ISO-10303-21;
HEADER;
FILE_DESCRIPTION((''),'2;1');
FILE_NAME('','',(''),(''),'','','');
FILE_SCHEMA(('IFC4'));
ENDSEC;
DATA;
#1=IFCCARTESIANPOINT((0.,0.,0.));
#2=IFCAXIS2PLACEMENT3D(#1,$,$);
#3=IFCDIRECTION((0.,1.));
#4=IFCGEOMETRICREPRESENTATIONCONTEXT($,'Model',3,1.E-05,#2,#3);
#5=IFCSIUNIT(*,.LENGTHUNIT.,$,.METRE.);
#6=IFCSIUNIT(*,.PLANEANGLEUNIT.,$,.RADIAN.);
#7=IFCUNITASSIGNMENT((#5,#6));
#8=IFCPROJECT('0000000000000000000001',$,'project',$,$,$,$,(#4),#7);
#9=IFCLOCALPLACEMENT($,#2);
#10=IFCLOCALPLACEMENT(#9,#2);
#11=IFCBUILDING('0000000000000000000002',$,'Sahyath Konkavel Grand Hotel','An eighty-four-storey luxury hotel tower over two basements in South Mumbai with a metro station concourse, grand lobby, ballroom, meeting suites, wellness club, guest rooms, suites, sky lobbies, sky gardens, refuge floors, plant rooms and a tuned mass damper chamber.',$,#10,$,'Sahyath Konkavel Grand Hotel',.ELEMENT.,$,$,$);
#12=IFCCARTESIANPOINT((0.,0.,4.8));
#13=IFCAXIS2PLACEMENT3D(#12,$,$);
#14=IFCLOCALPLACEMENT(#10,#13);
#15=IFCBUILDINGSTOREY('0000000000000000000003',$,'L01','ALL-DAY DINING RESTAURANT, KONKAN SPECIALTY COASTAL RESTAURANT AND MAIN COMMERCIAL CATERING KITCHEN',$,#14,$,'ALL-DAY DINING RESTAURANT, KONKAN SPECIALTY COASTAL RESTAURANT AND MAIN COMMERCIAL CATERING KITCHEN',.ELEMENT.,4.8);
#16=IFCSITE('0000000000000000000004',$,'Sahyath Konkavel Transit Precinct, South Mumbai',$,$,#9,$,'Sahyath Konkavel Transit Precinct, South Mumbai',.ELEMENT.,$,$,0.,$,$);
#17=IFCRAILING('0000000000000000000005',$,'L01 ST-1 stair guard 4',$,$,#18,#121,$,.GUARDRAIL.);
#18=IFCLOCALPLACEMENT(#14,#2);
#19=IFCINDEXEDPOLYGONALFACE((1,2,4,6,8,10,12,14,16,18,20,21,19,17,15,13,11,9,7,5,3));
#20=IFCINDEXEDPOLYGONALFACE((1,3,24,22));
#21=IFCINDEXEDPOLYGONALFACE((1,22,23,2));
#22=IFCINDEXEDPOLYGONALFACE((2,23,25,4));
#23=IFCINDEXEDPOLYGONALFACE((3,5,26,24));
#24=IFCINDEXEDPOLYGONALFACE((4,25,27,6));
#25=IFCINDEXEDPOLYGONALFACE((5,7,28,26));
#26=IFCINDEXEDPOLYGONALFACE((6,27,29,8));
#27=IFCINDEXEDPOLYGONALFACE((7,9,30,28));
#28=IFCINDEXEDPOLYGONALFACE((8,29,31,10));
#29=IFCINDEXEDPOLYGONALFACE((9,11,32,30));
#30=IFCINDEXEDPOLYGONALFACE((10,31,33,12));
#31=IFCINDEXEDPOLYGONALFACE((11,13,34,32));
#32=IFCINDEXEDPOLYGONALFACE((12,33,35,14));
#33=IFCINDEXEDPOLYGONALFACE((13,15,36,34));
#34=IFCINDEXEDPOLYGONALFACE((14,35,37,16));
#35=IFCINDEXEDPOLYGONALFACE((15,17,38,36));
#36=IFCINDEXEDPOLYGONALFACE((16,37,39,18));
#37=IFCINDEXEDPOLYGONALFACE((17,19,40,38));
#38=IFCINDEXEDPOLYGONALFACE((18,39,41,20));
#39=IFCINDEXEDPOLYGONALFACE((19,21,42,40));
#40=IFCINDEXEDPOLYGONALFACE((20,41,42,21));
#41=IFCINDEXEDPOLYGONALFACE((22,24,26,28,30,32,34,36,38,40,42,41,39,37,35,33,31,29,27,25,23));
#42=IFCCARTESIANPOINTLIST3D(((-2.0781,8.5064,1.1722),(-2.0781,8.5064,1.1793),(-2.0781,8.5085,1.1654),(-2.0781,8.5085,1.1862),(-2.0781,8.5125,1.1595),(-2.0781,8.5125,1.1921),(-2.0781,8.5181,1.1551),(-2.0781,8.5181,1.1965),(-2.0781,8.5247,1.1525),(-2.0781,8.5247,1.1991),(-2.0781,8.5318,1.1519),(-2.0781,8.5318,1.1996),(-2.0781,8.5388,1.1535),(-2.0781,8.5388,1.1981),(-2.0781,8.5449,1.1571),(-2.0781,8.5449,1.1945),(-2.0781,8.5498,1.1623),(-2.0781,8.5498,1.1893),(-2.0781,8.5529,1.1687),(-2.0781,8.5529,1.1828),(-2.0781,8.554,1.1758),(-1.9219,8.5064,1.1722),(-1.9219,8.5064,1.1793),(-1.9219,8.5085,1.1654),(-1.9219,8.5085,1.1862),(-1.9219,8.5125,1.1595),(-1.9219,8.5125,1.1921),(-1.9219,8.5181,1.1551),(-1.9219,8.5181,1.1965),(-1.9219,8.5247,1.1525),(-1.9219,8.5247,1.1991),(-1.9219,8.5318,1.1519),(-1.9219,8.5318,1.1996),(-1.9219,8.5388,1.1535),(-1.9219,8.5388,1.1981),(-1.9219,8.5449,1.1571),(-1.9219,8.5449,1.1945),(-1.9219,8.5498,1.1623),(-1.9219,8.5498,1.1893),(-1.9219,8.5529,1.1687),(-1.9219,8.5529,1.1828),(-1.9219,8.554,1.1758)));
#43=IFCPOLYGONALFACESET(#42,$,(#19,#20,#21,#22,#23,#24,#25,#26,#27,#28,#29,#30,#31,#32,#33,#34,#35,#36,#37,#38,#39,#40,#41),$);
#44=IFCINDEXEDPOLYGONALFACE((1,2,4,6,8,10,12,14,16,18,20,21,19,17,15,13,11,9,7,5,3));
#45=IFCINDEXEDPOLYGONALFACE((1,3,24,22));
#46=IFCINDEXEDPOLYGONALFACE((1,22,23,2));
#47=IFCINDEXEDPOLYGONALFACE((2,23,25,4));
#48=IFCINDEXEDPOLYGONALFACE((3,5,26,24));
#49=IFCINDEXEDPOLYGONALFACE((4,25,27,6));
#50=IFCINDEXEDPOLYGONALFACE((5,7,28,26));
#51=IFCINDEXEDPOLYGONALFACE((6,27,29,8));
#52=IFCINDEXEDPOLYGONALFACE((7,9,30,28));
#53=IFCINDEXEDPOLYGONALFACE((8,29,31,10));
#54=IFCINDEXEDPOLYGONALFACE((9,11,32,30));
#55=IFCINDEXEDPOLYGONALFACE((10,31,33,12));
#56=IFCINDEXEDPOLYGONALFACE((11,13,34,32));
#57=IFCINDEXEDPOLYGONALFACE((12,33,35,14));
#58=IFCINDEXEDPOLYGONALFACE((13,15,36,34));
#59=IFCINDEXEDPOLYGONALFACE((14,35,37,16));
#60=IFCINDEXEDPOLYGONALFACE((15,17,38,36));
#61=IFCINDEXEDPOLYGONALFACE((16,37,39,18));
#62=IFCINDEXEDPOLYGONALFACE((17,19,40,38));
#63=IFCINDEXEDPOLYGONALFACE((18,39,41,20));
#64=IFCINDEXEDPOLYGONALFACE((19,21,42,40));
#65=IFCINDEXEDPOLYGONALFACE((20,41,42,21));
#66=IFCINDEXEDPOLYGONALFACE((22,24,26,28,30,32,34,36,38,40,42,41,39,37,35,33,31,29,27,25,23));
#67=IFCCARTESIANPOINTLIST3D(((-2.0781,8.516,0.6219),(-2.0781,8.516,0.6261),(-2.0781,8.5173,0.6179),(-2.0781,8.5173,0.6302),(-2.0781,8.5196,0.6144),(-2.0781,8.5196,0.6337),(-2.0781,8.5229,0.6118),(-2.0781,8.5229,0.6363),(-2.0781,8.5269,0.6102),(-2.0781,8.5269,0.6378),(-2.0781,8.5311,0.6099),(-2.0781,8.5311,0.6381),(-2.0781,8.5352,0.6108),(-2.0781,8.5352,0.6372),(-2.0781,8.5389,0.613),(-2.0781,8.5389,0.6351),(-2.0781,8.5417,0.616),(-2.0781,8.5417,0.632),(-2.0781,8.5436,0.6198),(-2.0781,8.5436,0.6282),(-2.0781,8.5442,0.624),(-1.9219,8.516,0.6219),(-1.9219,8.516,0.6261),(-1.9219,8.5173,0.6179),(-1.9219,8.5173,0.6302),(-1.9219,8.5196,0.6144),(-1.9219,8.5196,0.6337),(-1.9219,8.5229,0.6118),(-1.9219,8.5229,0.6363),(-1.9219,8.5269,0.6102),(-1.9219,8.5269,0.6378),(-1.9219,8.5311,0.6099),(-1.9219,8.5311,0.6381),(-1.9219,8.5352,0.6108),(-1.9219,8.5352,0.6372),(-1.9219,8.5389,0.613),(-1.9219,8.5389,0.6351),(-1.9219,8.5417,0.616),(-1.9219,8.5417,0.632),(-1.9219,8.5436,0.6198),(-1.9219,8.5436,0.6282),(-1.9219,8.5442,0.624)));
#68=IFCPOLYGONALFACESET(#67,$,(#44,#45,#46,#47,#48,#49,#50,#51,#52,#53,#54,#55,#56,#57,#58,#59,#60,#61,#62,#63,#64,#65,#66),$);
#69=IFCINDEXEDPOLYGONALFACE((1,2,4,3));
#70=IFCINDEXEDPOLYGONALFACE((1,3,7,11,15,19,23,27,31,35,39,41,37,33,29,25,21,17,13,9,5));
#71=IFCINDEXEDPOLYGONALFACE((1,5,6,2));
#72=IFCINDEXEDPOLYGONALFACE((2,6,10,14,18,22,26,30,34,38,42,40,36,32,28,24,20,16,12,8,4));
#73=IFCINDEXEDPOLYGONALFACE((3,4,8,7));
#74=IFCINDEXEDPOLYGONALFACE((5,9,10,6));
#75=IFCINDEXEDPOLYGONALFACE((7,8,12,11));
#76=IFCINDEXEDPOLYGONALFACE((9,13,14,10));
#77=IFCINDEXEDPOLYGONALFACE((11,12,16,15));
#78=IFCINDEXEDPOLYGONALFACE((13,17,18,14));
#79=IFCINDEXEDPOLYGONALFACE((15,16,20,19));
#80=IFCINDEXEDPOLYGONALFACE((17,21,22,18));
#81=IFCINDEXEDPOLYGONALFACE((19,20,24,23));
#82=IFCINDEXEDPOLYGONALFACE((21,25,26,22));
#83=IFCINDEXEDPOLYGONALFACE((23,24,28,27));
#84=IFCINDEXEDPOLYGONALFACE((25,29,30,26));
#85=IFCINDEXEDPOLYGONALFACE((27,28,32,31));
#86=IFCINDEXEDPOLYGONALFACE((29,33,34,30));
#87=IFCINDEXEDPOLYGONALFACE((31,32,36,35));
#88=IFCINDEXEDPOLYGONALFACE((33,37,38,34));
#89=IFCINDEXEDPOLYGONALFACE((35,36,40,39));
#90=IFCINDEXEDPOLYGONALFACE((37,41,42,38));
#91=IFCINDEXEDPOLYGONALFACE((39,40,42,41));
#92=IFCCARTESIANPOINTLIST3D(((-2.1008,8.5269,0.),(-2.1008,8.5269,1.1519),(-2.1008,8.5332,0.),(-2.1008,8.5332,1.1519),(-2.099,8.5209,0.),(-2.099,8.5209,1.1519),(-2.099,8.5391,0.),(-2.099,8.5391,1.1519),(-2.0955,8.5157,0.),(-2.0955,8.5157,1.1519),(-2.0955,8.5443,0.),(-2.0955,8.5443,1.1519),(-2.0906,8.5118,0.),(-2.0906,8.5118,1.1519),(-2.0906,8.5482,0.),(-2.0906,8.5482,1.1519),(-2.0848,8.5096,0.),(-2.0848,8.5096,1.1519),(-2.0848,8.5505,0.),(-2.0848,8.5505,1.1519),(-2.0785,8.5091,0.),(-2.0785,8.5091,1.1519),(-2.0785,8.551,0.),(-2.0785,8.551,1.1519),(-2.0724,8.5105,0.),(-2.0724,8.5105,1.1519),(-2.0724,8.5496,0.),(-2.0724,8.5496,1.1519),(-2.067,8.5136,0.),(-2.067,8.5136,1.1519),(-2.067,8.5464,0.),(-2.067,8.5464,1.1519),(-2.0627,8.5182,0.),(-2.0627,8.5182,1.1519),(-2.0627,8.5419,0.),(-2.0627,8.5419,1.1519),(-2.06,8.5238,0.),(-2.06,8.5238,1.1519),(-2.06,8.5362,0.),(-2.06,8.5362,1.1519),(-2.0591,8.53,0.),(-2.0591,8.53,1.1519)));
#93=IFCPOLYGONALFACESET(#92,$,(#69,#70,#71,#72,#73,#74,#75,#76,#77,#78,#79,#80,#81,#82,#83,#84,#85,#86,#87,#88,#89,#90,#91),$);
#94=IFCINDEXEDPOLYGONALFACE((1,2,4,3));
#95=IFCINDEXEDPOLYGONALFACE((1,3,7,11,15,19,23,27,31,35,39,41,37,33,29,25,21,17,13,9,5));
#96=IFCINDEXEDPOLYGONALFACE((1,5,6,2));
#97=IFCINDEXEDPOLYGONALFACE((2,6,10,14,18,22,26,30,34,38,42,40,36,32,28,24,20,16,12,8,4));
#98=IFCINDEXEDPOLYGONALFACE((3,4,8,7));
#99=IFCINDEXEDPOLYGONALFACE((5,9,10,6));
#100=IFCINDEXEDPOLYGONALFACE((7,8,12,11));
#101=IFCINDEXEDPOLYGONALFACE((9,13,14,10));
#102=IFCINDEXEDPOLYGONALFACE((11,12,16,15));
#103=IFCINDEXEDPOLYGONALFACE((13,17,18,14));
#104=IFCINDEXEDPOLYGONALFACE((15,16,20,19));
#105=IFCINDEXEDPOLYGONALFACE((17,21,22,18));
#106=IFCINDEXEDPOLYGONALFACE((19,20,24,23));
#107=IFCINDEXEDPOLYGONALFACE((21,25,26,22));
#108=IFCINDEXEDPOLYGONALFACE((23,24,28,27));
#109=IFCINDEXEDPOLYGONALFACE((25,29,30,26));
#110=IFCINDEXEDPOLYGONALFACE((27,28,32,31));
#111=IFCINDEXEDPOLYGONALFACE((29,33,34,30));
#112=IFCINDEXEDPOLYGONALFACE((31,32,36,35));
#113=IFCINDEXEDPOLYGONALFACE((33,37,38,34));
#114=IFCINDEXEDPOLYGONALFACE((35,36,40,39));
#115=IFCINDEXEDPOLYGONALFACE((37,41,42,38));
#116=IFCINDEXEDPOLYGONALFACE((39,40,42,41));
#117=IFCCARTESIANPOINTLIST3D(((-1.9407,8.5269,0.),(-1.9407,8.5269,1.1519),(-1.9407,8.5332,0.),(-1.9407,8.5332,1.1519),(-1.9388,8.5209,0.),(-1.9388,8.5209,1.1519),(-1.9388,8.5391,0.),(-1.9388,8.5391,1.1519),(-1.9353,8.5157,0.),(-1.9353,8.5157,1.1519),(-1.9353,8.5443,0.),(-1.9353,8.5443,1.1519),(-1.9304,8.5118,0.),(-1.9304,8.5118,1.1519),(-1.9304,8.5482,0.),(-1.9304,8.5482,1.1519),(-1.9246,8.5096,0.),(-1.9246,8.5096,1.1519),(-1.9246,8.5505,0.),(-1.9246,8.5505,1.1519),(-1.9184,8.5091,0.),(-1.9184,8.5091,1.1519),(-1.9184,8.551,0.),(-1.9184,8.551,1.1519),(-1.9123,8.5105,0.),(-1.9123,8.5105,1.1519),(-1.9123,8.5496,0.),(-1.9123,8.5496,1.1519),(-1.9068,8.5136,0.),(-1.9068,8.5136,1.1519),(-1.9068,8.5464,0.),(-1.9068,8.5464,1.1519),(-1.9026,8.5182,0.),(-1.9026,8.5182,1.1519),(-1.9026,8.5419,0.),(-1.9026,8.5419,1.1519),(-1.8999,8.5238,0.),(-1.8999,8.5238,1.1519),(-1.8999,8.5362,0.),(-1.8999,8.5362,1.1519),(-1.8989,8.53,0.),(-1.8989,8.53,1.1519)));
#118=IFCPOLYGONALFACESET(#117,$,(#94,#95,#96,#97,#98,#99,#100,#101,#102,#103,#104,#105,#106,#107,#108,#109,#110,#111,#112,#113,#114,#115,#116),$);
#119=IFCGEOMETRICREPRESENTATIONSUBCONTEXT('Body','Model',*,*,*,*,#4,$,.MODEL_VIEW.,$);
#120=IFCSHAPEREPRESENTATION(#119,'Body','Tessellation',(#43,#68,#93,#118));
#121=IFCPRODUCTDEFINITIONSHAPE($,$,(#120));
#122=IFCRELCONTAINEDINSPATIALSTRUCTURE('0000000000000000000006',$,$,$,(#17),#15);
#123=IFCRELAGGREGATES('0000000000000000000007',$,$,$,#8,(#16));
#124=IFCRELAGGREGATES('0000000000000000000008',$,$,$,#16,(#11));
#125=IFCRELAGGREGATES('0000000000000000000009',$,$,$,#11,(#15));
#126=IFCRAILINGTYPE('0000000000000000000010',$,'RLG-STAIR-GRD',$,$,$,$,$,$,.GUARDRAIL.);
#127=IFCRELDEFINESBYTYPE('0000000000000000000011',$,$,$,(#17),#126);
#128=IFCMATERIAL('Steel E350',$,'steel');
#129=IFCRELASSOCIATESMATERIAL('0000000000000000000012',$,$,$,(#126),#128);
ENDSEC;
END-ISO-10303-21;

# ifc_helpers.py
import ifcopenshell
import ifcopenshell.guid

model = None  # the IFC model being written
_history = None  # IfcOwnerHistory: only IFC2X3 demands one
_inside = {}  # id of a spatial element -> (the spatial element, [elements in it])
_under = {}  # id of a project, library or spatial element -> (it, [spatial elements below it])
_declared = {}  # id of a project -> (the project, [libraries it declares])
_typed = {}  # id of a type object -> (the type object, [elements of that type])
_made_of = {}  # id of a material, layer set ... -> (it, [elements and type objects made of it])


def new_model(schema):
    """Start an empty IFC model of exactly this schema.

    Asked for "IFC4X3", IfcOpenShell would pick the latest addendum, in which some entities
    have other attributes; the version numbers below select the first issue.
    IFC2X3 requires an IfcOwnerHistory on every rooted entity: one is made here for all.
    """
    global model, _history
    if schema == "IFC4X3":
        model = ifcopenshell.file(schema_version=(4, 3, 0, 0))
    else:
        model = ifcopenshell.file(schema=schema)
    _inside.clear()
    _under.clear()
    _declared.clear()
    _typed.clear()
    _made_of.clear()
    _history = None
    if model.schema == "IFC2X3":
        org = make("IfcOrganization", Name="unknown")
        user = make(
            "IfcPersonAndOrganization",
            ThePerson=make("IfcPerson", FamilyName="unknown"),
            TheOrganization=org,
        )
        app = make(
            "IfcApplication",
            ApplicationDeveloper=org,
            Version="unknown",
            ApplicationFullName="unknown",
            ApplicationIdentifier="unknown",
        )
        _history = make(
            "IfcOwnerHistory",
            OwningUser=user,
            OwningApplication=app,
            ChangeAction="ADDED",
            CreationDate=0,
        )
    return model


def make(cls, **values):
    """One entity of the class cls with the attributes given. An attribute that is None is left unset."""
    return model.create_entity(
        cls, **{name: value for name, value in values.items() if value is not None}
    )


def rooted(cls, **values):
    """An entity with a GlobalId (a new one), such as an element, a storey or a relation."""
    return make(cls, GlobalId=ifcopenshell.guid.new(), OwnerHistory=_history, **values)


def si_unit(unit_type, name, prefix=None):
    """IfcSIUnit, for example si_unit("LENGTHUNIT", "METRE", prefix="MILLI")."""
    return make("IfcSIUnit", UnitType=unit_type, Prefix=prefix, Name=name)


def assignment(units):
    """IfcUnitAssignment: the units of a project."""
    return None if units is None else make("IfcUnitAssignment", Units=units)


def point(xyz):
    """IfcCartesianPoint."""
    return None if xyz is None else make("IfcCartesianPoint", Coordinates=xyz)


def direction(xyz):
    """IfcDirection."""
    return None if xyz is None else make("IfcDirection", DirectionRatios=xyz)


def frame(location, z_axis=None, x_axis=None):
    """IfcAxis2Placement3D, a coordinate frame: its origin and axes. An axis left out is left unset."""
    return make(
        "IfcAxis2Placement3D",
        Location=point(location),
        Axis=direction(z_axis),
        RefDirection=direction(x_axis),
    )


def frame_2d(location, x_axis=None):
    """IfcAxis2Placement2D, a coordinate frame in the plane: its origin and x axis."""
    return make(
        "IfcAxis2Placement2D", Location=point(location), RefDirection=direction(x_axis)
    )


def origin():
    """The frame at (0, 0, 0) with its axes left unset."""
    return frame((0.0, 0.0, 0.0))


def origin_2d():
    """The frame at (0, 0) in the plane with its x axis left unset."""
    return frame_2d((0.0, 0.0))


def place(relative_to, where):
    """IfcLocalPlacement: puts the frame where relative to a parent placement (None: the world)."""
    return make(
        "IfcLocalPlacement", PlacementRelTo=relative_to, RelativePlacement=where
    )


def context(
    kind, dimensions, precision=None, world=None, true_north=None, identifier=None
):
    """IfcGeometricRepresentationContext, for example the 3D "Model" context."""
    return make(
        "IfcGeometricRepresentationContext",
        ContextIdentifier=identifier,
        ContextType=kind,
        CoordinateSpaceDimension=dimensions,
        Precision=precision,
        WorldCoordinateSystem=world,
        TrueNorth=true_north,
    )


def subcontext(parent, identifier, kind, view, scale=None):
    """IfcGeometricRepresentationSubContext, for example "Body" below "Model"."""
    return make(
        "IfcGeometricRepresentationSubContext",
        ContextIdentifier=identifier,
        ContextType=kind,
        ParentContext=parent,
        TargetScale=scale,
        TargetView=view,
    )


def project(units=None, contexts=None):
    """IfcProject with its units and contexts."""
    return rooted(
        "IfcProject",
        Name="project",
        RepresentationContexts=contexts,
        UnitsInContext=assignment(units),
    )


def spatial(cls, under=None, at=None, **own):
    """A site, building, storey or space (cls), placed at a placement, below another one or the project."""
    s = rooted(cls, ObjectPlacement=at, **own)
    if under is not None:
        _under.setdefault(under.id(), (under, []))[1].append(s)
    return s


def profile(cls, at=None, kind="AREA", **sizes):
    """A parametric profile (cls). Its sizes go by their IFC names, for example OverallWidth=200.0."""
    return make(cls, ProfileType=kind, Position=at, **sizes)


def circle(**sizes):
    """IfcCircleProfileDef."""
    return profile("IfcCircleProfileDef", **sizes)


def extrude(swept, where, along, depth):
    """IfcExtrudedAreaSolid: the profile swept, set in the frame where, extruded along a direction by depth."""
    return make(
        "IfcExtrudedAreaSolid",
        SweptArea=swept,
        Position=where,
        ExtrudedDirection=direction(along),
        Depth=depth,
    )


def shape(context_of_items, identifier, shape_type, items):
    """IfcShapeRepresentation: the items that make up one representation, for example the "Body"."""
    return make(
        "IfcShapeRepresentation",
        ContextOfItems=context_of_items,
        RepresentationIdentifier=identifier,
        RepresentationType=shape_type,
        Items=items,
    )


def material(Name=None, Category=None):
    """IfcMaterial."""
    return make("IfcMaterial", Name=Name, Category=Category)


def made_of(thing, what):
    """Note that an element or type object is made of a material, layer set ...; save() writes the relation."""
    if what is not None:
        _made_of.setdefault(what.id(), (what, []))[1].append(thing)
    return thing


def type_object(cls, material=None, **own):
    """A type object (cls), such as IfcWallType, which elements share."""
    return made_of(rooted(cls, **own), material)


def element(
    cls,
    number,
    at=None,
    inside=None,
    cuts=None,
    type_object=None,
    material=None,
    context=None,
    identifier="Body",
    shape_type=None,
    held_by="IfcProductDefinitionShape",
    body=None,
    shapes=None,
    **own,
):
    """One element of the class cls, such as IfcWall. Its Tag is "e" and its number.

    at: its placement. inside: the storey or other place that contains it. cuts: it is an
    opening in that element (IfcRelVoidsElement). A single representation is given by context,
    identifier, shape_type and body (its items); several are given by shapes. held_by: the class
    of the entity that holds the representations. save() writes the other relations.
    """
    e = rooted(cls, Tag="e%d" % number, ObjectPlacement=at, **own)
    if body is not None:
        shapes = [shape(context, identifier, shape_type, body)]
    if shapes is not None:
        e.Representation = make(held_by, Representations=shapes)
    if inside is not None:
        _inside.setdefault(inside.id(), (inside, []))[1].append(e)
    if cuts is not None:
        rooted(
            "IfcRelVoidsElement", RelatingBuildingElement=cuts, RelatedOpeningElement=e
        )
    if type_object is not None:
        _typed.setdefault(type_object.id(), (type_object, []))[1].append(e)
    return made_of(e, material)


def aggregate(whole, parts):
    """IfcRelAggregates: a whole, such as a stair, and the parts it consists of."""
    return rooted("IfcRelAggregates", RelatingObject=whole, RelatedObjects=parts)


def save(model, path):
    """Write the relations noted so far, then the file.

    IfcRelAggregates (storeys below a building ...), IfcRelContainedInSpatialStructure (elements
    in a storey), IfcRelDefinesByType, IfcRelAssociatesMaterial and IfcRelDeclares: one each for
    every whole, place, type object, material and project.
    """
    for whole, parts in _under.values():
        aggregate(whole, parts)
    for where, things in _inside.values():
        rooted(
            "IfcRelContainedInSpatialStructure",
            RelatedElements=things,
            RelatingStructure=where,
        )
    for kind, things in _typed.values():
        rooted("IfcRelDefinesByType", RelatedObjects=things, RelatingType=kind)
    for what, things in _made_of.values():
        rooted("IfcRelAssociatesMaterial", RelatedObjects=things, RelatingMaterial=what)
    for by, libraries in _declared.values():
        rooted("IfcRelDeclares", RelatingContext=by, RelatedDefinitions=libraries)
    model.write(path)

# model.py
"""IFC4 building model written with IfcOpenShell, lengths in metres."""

from ifc_helpers import new_model, si_unit, direction, frame, origin, origin_2d, place, context, subcontext, project, spatial, circle, extrude, material, type_object, element, save


model = new_model("IFC4")

# Units and contexts
model_context = context("Model", 3, precision=1e-05, world=origin(), true_north=direction((0.0, 1.0)))
body_context = subcontext(model_context, "Body", "Model", "MODEL_VIEW")
ifc_project = project(units=[si_unit("LENGTHUNIT", "METRE"), si_unit("PLANEANGLEUNIT", "RADIAN")], contexts=[model_context])

# Site, building, storey
site_placement = place(None, origin())
site = spatial("IfcSite", under=ifc_project, at=site_placement, Name="Sahyath Konkavel Transit Precinct, South Mumbai", LongName="Sahyath Konkavel Transit Precinct, South Mumbai", CompositionType="ELEMENT", RefElevation=0.0)
building_placement = place(site_placement, origin())
building = spatial("IfcBuilding", under=site, at=building_placement, Name="Sahyath Konkavel Grand Hotel", Description="An eighty-four-storey luxury hotel tower over two basements in South Mumbai with a metro station concourse, grand lobby, ballroom, meeting suites, wellness club, guest rooms, suites, sky lobbies, sky gardens, refuge floors, plant rooms and a tuned mass damper chamber.", LongName="Sahyath Konkavel Grand Hotel", CompositionType="ELEMENT")
storey_placement = place(building_placement, frame((0.0, 0.0, 4.8)))
storey = spatial("IfcBuildingStorey", under=building, at=storey_placement, Name="L01", Description="ALL-DAY DINING RESTAURANT, KONKAN SPECIALTY COASTAL RESTAURANT AND MAIN COMMERCIAL CATERING KITCHEN", LongName="ALL-DAY DINING RESTAURANT, KONKAN SPECIALTY COASTAL RESTAURANT AND MAIN COMMERCIAL CATERING KITCHEN", CompositionType="ELEMENT", Elevation=4.8)

# Shared definitions
ifc_material_1 = material(Name="Steel E350", Category="steel")

# Railing
railing_type_1 = type_object("IfcRailingType", Name="RLG-STAIR-GRD", PredefinedType="GUARDRAIL", material=ifc_material_1)
railing_1_placement = place(storey_placement, frame((-2.0801, 8.53, 0.0)))
element("IfcRailing", 1, at=railing_1_placement, inside=storey, type_object=railing_type_1, Name="L01 ST-1 stair guard 4", PredefinedType="GUARDRAIL", context=body_context, shape_type="SweptSolid", body=[
    extrude(circle(Radius=0.0239, at=origin_2d()), frame((0.002, 0.0, 1.1758), z_axis=(1.0, 0.0, 0.0), x_axis=(0.0, 1.0, 0.0)), (0.0, 0.0, 1.0), 0.1562),
    extrude(circle(Radius=0.0142, at=origin_2d()), frame((0.002, 0.0, 0.624), z_axis=(1.0, 0.0, 0.0), x_axis=(0.0, 1.0, 0.0)), (0.0, 0.0, 1.0), 0.1562),
    extrude(circle(Radius=0.021, at=origin_2d()), origin(), (0.0, 0.0, 1.0), 1.1519),
    extrude(circle(Radius=0.021, at=origin_2d()), frame((0.1602, 0.0, 0.0)), (0.0, 0.0, 1.0), 1.1519),
])

save(model, "model.ifc")
